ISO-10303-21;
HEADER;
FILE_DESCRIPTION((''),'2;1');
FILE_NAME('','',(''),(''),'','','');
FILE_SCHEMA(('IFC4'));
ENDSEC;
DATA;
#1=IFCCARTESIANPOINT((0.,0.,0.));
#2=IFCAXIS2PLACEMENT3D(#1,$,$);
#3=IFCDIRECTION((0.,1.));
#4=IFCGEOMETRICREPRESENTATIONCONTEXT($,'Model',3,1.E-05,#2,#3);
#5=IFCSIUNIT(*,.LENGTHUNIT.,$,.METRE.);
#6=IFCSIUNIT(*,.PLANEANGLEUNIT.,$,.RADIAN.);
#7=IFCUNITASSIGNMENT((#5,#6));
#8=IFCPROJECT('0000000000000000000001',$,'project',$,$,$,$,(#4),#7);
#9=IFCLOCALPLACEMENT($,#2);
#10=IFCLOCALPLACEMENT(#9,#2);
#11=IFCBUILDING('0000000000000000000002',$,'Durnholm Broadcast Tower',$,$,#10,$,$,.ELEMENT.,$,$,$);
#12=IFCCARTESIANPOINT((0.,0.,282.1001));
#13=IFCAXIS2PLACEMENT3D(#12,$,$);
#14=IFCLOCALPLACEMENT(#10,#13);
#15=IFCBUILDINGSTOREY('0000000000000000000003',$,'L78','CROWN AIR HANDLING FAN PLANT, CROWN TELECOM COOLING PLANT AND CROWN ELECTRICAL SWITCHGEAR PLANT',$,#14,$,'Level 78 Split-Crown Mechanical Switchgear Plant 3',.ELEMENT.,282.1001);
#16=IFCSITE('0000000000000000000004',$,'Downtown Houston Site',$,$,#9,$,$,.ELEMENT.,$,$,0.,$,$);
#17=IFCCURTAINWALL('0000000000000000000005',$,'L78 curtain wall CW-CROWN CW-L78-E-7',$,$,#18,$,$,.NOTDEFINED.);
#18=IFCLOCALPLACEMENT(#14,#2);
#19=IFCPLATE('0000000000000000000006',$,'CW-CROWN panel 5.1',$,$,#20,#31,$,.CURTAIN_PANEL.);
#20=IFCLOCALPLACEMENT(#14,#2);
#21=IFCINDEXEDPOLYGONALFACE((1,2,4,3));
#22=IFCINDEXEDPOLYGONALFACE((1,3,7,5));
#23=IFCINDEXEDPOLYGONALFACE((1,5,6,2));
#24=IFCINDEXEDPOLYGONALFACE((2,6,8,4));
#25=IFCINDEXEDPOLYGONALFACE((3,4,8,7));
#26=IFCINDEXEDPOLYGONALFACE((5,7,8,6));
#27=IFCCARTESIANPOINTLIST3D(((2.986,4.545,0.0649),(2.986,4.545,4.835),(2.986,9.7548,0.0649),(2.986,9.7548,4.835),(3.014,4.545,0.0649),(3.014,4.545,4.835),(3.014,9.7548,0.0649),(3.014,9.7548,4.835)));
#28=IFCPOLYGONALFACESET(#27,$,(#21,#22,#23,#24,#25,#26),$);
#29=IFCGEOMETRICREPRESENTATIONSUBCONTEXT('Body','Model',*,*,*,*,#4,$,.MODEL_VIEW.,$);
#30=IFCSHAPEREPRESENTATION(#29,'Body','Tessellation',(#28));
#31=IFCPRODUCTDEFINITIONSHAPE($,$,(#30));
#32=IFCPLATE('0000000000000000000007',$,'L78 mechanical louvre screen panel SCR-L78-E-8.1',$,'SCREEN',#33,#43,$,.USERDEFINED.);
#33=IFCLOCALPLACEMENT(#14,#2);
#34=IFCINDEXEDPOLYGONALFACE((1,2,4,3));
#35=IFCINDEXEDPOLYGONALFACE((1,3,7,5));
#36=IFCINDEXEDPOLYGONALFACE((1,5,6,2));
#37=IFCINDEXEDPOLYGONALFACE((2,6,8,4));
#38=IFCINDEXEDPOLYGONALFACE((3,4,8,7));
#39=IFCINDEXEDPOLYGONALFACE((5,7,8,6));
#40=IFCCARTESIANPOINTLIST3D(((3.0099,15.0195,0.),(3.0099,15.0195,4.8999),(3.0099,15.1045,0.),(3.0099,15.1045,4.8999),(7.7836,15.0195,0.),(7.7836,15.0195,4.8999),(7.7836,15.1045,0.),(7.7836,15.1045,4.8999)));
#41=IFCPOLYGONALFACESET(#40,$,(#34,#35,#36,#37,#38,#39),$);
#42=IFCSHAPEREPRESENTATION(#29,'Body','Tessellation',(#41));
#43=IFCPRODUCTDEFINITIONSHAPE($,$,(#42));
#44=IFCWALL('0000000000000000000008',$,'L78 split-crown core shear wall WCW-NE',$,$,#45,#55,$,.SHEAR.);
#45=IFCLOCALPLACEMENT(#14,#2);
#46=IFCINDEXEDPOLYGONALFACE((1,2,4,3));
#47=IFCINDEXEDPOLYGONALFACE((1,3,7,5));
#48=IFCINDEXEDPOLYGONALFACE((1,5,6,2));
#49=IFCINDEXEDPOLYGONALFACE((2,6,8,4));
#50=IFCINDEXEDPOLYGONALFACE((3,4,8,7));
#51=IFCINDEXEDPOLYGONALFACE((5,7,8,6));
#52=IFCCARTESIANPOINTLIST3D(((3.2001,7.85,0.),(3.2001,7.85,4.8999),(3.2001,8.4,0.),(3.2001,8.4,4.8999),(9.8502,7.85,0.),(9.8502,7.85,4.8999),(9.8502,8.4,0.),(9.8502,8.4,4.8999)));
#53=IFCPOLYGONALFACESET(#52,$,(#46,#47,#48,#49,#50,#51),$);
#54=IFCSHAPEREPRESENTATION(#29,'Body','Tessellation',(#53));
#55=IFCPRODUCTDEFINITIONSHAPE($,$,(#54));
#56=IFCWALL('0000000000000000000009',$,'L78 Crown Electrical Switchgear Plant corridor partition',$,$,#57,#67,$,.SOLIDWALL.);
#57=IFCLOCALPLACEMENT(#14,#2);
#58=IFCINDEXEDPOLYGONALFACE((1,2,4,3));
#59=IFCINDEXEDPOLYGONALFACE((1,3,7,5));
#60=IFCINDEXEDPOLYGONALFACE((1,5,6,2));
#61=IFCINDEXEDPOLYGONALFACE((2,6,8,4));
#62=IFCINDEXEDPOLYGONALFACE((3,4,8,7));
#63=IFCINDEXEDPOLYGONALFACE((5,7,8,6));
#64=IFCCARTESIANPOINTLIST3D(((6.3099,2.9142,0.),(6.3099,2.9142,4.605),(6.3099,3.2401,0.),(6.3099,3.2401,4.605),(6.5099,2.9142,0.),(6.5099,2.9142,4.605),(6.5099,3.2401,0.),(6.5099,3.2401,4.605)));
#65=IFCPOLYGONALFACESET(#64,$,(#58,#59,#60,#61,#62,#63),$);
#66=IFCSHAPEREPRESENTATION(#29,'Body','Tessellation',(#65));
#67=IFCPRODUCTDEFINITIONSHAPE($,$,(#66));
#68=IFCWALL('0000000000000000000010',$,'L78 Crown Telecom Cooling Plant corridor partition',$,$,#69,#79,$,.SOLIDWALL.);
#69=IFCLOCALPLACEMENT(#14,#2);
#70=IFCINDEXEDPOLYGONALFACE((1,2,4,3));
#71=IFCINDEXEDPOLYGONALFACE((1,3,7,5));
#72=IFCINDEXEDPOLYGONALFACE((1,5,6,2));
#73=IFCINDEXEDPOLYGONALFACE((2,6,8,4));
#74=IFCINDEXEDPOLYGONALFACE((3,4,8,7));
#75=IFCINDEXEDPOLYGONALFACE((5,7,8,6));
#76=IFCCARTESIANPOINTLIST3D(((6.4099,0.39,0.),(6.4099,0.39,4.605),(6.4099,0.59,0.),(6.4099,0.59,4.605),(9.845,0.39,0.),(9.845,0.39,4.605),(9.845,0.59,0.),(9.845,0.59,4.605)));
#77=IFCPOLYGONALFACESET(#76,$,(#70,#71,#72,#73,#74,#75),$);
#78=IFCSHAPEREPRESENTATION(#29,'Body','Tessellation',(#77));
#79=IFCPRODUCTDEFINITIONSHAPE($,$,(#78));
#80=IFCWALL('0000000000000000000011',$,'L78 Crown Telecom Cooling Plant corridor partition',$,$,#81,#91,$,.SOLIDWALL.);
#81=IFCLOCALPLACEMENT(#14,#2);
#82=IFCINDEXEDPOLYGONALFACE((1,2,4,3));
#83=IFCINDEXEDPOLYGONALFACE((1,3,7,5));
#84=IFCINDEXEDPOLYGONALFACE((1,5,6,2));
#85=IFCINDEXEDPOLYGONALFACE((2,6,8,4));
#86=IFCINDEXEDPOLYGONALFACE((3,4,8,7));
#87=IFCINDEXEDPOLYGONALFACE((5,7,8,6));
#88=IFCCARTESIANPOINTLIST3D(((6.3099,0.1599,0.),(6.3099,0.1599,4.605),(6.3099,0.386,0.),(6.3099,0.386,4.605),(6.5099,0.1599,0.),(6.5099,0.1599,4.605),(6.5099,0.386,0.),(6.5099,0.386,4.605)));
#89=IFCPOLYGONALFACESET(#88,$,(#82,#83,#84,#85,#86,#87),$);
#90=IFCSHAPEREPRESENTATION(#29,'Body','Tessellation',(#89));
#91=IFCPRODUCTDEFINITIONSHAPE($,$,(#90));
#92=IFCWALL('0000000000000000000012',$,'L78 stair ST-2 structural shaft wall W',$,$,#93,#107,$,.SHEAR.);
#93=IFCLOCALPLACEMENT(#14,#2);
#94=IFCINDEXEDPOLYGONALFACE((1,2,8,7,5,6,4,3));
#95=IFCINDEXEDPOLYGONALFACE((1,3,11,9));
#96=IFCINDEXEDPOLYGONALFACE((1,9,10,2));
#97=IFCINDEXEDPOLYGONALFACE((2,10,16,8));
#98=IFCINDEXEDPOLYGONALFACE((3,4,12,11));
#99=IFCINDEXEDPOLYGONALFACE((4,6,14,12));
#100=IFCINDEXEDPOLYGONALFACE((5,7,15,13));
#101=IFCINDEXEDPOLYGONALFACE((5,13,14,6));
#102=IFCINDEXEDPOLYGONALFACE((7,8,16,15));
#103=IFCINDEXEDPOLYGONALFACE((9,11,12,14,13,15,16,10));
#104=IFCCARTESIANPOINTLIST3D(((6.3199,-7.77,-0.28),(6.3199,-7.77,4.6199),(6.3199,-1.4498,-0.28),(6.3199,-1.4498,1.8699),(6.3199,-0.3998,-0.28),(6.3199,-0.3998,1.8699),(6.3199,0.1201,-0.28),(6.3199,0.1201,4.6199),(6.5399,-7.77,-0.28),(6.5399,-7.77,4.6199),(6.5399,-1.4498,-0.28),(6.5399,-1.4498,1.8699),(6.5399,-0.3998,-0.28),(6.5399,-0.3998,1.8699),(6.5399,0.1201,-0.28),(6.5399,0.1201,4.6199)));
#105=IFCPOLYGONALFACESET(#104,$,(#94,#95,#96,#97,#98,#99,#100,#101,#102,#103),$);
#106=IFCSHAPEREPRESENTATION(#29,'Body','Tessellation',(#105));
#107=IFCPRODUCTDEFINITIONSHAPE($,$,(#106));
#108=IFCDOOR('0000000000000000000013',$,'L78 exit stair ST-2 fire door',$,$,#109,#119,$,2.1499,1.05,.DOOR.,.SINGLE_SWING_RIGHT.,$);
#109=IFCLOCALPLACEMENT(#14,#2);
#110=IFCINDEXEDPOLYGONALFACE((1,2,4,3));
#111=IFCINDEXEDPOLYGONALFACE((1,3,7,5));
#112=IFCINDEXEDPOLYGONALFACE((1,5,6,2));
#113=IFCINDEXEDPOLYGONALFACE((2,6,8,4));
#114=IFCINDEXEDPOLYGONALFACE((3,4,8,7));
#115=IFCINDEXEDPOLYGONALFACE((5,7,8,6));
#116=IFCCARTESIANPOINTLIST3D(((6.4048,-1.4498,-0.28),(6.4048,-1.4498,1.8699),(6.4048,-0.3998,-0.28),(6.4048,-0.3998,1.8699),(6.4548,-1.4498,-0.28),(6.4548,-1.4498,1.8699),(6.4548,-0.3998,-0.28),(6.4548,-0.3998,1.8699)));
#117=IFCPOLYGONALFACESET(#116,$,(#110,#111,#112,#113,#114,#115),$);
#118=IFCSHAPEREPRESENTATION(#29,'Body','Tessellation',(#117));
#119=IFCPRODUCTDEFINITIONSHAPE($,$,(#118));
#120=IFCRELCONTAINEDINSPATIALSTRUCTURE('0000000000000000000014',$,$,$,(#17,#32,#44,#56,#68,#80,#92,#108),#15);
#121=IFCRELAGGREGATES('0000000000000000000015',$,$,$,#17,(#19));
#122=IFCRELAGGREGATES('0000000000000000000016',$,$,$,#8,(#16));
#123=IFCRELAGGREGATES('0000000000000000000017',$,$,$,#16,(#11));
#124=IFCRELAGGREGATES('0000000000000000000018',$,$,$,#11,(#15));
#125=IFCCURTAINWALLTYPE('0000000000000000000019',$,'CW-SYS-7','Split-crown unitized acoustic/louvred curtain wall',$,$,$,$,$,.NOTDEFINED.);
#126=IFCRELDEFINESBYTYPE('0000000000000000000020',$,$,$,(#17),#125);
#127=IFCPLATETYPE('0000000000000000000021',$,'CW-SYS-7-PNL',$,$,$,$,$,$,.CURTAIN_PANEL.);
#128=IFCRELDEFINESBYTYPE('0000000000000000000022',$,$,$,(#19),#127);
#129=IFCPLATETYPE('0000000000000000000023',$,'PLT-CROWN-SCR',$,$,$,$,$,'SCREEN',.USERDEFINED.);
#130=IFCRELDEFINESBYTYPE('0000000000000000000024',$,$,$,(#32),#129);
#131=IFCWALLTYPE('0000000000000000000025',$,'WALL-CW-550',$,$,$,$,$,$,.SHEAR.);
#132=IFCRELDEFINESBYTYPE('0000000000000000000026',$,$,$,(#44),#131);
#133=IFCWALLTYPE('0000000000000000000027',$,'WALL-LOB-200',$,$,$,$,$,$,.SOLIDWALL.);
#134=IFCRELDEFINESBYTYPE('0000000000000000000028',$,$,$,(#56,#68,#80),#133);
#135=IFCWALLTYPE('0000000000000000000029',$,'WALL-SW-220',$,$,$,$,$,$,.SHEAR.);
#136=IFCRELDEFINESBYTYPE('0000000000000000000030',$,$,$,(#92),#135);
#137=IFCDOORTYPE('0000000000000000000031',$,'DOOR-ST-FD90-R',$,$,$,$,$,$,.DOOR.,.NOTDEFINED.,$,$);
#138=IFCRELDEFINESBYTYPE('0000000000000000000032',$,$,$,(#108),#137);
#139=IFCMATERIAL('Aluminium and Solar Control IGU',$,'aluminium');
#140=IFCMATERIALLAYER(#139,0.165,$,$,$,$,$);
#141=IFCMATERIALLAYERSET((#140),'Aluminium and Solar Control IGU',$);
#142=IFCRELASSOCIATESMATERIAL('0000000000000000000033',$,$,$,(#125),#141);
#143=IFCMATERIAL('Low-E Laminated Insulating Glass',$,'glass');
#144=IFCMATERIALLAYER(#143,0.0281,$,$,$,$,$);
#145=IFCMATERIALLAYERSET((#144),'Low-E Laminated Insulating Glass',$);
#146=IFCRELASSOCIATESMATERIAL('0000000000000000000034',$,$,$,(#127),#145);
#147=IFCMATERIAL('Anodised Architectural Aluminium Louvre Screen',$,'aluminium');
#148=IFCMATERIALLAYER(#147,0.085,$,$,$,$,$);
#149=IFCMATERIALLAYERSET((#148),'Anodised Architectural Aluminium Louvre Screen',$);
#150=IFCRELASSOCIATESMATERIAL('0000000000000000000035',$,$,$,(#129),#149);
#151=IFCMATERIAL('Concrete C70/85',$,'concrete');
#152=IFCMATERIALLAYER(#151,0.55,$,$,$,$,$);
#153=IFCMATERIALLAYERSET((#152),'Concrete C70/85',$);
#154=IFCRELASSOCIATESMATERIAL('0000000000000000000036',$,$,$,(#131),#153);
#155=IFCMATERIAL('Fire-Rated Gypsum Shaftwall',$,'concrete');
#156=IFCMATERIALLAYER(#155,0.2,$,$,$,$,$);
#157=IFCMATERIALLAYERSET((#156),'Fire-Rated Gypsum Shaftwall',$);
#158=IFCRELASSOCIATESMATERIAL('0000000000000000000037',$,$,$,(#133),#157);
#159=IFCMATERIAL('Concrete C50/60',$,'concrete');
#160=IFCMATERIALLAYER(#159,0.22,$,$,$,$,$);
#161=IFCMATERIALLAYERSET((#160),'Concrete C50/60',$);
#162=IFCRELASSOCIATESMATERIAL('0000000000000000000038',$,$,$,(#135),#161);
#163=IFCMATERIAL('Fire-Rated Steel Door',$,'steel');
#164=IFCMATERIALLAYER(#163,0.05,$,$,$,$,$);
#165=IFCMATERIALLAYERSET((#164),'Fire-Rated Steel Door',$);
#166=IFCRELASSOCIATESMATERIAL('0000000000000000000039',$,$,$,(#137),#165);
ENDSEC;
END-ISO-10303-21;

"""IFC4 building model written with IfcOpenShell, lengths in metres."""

from ifc_helpers import new_model, si_unit, direction, frame, frame_2d, origin, origin_2d, place, context, subcontext, project, spatial, rectangle, extrude, source, transform, mapped, material, layer, layer_set, type_object, type_shapes, element, fill, aggregate, save


model = new_model("IFC4")

# Units and contexts
model_context = context("Model", 3, precision=1e-05, world=origin(), true_north=direction((0.0, 1.0)))
body_context = subcontext(model_context, "Body", "Model", "MODEL_VIEW")
ifc_project = project(units=[si_unit("LENGTHUNIT", "METRE"), si_unit("PLANEANGLEUNIT", "RADIAN")], contexts=[model_context])

# Site, building, storey
site_placement = place(None, origin())
site = spatial("IfcSite", under=ifc_project, at=site_placement, Name="Downtown Houston Site", CompositionType="ELEMENT", RefElevation=0.0)
building_placement = place(site_placement, origin())
building = spatial("IfcBuilding", under=site, at=building_placement, Name="Durnholm Broadcast Tower", CompositionType="ELEMENT")
storey_placement = place(building_placement, frame((0.0, 0.0, 282.1001)))
storey = spatial("IfcBuildingStorey", under=building, at=storey_placement, Name="L78", Description="CROWN AIR HANDLING FAN PLANT, CROWN TELECOM COOLING PLANT AND CROWN ELECTRICAL SWITCHGEAR PLANT", LongName="Level 78 Split-Crown Mechanical Switchgear Plant 3", CompositionType="ELEMENT", Elevation=282.1001)

# Curtain wall
ifc_material_1 = material(Name="Aluminium and Solar Control IGU", Category="aluminium")
ifc_layer_1 = layer(ifc_material_1, 0.165)
ifc_layer_set_1 = layer_set([ifc_layer_1], Name="Aluminium and Solar Control IGU")
curtain_wall_type = type_object("IfcCurtainWallType", Name="CW-SYS-7", Description="Split-crown unitized acoustic/louvred curtain wall", PredefinedType="NOTDEFINED", material=ifc_layer_set_1)
curtain_wall_placement = place(storey_placement, origin())
curtain_wall = element("IfcCurtainWall", 1, at=curtain_wall_placement, inside=storey, type_object=curtain_wall_type, Name="L78 curtain wall CW-CROWN CW-L78-E-7", PredefinedType="NOTDEFINED")

# Shared definitions
ifc_material_2 = material(Name="Concrete C50/60", Category="concrete")

# Plates
ifc_material_3 = material(Name="Low-E Laminated Insulating Glass", Category="glass")
ifc_layer_2 = layer(ifc_material_3, 0.0281)
ifc_layer_set_2 = layer_set([ifc_layer_2], Name="Low-E Laminated Insulating Glass")
plate_type_1 = type_object("IfcPlateType", Name="CW-SYS-7-PNL", PredefinedType="CURTAIN_PANEL", material=ifc_layer_set_2)
shared_shape_1 = source(origin(), body_context, "Body", "SweptSolid", [
    extrude(rectangle(XDim=5.2097, YDim=0.0281, at=origin_2d()), origin(), (0.0, 0.0, 1.0), 4.77),
])
plate_1_placement = place(storey_placement, frame((3.0, 7.1499, 0.0649), z_axis=(0.0, 0.0, 1.0), x_axis=(0.0, 1.0, 0.0)))
plate_1 = element("IfcPlate", 2, at=plate_1_placement, type_object=plate_type_1, Name="CW-CROWN panel 5.1", PredefinedType="CURTAIN_PANEL", context=body_context, shape_type="MappedRepresentation", body=[
    mapped(shared_shape_1, transform((0.0, 0.0, 0.0), x_axis=(1.0, 0.0, 0.0), y_axis=(0.0, 1.0, 0.0), z_axis=(0.0, 0.0, 1.0), scale=1.0)),
])
aggregate(curtain_wall, [plate_1])
ifc_material_4 = material(Name="Anodised Architectural Aluminium Louvre Screen", Category="aluminium")
ifc_layer_3 = layer(ifc_material_4, 0.085)
ifc_layer_set_3 = layer_set([ifc_layer_3], Name="Anodised Architectural Aluminium Louvre Screen")
plate_type_2 = type_object("IfcPlateType", Name="PLT-CROWN-SCR", ElementType="SCREEN", PredefinedType="USERDEFINED", material=ifc_layer_set_3)
shared_shape_2 = source(origin(), body_context, "Body", "SweptSolid", [
    extrude(rectangle(XDim=4.7737, YDim=0.085, at=origin_2d()), origin(), (0.0, 0.0, 1.0), 4.8999),
])
type_shapes(plate_type_2, [shared_shape_2])
plate_2_placement = place(storey_placement, frame((5.3967, 15.062, 0.0), z_axis=(0.0, 0.0, 1.0), x_axis=(1.0, 0.0, 0.0)))
element("IfcPlate", 3, at=plate_2_placement, inside=storey, type_object=plate_type_2, Name="L78 mechanical louvre screen panel SCR-L78-E-8.1", ObjectType="SCREEN", PredefinedType="USERDEFINED", context=body_context, shape_type="MappedRepresentation", body=[
    mapped(shared_shape_2, transform((0.0, 0.0, 0.0), x_axis=(1.0, 0.0, 0.0), y_axis=(0.0, 1.0, 0.0), z_axis=(0.0, 0.0, 1.0), scale=1.0)),
])

# Walls
ifc_material_5 = material(Name="Concrete C70/85", Category="concrete")
ifc_layer_4 = layer(ifc_material_5, 0.55)
ifc_layer_set_4 = layer_set([ifc_layer_4], Name="Concrete C70/85")
wall_type_1 = type_object("IfcWallType", Name="WALL-CW-550", PredefinedType="SHEAR", material=ifc_layer_set_4)
wall_1_placement = place(storey_placement, frame((3.2, 8.125, 0.0), z_axis=(0.0, 0.0, 1.0), x_axis=(1.0, 0.0, 0.0)))
element("IfcWall", 4, at=wall_1_placement, inside=storey, type_object=wall_type_1, Name="L78 split-crown core shear wall WCW-NE", PredefinedType="SHEAR", context=body_context, shape_type="SweptSolid", body=[
    extrude(rectangle(XDim=6.6501, YDim=0.55, at=frame_2d((3.3252, 0.0))), origin(), (0.0, 0.0, 1.0), 4.8999),
])
ifc_material_6 = material(Name="Fire-Rated Gypsum Shaftwall", Category="concrete")
ifc_layer_5 = layer(ifc_material_6, 0.2)
ifc_layer_set_5 = layer_set([ifc_layer_5], Name="Fire-Rated Gypsum Shaftwall")
wall_type_2 = type_object("IfcWallType", Name="WALL-LOB-200", PredefinedType="SOLIDWALL", material=ifc_layer_set_5)
wall_2_placement = place(storey_placement, frame((6.4099, 2.9141, 0.0), z_axis=(0.0, 0.0, 1.0), x_axis=(0.0, 1.0, 0.0)))
element("IfcWall", 5, at=wall_2_placement, inside=storey, type_object=wall_type_2, Name="L78 Crown Electrical Switchgear Plant corridor partition", PredefinedType="SOLIDWALL", context=body_context, shape_type="SweptSolid", body=[
    extrude(rectangle(XDim=0.3259, YDim=0.2, at=frame_2d((0.1631, 0.0))), origin(), (0.0, 0.0, 1.0), 4.605),
])
wall_3_placement = place(storey_placement, frame((6.4099, 0.49, 0.0), z_axis=(0.0, 0.0, 1.0), x_axis=(1.0, 0.0, 0.0)))
element("IfcWall", 6, at=wall_3_placement, inside=storey, type_object=wall_type_2, Name="L78 Crown Telecom Cooling Plant corridor partition", PredefinedType="SOLIDWALL", context=body_context, shape_type="SweptSolid", body=[
    extrude(rectangle(XDim=3.4351, YDim=0.2, at=frame_2d((1.7175, 0.0))), origin(), (0.0, 0.0, 1.0), 4.605),
])
wall_4_placement = place(storey_placement, frame((6.4099, 0.1599, 0.0), z_axis=(0.0, 0.0, 1.0), x_axis=(0.0, 1.0, 0.0)))
element("IfcWall", 7, at=wall_4_placement, inside=storey, type_object=wall_type_2, Name="L78 Crown Telecom Cooling Plant corridor partition", PredefinedType="SOLIDWALL", context=body_context, shape_type="SweptSolid", body=[
    extrude(rectangle(XDim=0.2261, YDim=0.2, at=frame_2d((0.113, 0.0))), origin(), (0.0, 0.0, 1.0), 4.605),
])

# Wall, opening, door
ifc_layer_6 = layer(ifc_material_2, 0.22)
ifc_layer_set_6 = layer_set([ifc_layer_6], Name="Concrete C50/60")
wall_type_3 = type_object("IfcWallType", Name="WALL-SW-220", PredefinedType="SHEAR", material=ifc_layer_set_6)
wall_5_placement = place(storey_placement, frame((6.4299, 0.1201, -0.28), z_axis=(0.0, 0.0, 1.0), x_axis=(0.0, -1.0, 0.0)))
wall_5 = element("IfcWall", 8, at=wall_5_placement, inside=storey, type_object=wall_type_3, Name="L78 stair ST-2 structural shaft wall W", PredefinedType="SHEAR", context=body_context, shape_type="SweptSolid", body=[
    extrude(rectangle(XDim=7.8901, YDim=0.22, at=frame_2d((3.9451, 0.0))), origin(), (0.0, 0.0, 1.0), 4.8999),
])
opening_placement = place(wall_5_placement, frame((0.52, 0.0, 0.0)))
opening = element("IfcOpeningElement", 9, at=opening_placement, cuts=wall_5, PredefinedType="OPENING", context=body_context, shape_type="SweptSolid", body=[
    extrude(rectangle(XDim=1.05, YDim=2.1499, at=frame_2d((0.5249, 1.075))), frame((0.0, 0.1201, 0.0), z_axis=(0.0, -1.0, 0.0), x_axis=(1.0, 0.0, 0.0)), (0.0, 0.0, 1.0), 0.24),
])
ifc_material_7 = material(Name="Fire-Rated Steel Door", Category="steel")
ifc_layer_7 = layer(ifc_material_7, 0.05)
ifc_layer_set_7 = layer_set([ifc_layer_7], Name="Fire-Rated Steel Door")
door_type = type_object("IfcDoorType", Name="DOOR-ST-FD90-R", OperationType="NOTDEFINED", PredefinedType="DOOR", material=ifc_layer_set_7)
shared_shape_3 = source(origin(), body_context, "Body", "SweptSolid", [
    extrude(rectangle(XDim=1.05, YDim=2.1499, at=frame_2d((0.5249, 1.075))), frame((0.0, 0.0249, 0.0), z_axis=(0.0, -1.0, 0.0), x_axis=(1.0, 0.0, 0.0)), (0.0, 0.0, 1.0), 0.05),
])
type_shapes(door_type, [shared_shape_3])
door_placement = place(opening_placement, origin())
door = element("IfcDoor", 10, at=door_placement, inside=storey, type_object=door_type, Name="L78 exit stair ST-2 fire door", OperationType="SINGLE_SWING_RIGHT", OverallHeight=2.1499, OverallWidth=1.05, PredefinedType="DOOR", context=body_context, shape_type="MappedRepresentation", body=[
    mapped(shared_shape_3, transform((0.0, 0.0, 0.0), x_axis=(1.0, 0.0, 0.0), y_axis=(0.0, 1.0, 0.0), z_axis=(0.0, 0.0, 1.0), scale=1.0)),
])
fill(opening, door)

save(model, "model.ifc")
